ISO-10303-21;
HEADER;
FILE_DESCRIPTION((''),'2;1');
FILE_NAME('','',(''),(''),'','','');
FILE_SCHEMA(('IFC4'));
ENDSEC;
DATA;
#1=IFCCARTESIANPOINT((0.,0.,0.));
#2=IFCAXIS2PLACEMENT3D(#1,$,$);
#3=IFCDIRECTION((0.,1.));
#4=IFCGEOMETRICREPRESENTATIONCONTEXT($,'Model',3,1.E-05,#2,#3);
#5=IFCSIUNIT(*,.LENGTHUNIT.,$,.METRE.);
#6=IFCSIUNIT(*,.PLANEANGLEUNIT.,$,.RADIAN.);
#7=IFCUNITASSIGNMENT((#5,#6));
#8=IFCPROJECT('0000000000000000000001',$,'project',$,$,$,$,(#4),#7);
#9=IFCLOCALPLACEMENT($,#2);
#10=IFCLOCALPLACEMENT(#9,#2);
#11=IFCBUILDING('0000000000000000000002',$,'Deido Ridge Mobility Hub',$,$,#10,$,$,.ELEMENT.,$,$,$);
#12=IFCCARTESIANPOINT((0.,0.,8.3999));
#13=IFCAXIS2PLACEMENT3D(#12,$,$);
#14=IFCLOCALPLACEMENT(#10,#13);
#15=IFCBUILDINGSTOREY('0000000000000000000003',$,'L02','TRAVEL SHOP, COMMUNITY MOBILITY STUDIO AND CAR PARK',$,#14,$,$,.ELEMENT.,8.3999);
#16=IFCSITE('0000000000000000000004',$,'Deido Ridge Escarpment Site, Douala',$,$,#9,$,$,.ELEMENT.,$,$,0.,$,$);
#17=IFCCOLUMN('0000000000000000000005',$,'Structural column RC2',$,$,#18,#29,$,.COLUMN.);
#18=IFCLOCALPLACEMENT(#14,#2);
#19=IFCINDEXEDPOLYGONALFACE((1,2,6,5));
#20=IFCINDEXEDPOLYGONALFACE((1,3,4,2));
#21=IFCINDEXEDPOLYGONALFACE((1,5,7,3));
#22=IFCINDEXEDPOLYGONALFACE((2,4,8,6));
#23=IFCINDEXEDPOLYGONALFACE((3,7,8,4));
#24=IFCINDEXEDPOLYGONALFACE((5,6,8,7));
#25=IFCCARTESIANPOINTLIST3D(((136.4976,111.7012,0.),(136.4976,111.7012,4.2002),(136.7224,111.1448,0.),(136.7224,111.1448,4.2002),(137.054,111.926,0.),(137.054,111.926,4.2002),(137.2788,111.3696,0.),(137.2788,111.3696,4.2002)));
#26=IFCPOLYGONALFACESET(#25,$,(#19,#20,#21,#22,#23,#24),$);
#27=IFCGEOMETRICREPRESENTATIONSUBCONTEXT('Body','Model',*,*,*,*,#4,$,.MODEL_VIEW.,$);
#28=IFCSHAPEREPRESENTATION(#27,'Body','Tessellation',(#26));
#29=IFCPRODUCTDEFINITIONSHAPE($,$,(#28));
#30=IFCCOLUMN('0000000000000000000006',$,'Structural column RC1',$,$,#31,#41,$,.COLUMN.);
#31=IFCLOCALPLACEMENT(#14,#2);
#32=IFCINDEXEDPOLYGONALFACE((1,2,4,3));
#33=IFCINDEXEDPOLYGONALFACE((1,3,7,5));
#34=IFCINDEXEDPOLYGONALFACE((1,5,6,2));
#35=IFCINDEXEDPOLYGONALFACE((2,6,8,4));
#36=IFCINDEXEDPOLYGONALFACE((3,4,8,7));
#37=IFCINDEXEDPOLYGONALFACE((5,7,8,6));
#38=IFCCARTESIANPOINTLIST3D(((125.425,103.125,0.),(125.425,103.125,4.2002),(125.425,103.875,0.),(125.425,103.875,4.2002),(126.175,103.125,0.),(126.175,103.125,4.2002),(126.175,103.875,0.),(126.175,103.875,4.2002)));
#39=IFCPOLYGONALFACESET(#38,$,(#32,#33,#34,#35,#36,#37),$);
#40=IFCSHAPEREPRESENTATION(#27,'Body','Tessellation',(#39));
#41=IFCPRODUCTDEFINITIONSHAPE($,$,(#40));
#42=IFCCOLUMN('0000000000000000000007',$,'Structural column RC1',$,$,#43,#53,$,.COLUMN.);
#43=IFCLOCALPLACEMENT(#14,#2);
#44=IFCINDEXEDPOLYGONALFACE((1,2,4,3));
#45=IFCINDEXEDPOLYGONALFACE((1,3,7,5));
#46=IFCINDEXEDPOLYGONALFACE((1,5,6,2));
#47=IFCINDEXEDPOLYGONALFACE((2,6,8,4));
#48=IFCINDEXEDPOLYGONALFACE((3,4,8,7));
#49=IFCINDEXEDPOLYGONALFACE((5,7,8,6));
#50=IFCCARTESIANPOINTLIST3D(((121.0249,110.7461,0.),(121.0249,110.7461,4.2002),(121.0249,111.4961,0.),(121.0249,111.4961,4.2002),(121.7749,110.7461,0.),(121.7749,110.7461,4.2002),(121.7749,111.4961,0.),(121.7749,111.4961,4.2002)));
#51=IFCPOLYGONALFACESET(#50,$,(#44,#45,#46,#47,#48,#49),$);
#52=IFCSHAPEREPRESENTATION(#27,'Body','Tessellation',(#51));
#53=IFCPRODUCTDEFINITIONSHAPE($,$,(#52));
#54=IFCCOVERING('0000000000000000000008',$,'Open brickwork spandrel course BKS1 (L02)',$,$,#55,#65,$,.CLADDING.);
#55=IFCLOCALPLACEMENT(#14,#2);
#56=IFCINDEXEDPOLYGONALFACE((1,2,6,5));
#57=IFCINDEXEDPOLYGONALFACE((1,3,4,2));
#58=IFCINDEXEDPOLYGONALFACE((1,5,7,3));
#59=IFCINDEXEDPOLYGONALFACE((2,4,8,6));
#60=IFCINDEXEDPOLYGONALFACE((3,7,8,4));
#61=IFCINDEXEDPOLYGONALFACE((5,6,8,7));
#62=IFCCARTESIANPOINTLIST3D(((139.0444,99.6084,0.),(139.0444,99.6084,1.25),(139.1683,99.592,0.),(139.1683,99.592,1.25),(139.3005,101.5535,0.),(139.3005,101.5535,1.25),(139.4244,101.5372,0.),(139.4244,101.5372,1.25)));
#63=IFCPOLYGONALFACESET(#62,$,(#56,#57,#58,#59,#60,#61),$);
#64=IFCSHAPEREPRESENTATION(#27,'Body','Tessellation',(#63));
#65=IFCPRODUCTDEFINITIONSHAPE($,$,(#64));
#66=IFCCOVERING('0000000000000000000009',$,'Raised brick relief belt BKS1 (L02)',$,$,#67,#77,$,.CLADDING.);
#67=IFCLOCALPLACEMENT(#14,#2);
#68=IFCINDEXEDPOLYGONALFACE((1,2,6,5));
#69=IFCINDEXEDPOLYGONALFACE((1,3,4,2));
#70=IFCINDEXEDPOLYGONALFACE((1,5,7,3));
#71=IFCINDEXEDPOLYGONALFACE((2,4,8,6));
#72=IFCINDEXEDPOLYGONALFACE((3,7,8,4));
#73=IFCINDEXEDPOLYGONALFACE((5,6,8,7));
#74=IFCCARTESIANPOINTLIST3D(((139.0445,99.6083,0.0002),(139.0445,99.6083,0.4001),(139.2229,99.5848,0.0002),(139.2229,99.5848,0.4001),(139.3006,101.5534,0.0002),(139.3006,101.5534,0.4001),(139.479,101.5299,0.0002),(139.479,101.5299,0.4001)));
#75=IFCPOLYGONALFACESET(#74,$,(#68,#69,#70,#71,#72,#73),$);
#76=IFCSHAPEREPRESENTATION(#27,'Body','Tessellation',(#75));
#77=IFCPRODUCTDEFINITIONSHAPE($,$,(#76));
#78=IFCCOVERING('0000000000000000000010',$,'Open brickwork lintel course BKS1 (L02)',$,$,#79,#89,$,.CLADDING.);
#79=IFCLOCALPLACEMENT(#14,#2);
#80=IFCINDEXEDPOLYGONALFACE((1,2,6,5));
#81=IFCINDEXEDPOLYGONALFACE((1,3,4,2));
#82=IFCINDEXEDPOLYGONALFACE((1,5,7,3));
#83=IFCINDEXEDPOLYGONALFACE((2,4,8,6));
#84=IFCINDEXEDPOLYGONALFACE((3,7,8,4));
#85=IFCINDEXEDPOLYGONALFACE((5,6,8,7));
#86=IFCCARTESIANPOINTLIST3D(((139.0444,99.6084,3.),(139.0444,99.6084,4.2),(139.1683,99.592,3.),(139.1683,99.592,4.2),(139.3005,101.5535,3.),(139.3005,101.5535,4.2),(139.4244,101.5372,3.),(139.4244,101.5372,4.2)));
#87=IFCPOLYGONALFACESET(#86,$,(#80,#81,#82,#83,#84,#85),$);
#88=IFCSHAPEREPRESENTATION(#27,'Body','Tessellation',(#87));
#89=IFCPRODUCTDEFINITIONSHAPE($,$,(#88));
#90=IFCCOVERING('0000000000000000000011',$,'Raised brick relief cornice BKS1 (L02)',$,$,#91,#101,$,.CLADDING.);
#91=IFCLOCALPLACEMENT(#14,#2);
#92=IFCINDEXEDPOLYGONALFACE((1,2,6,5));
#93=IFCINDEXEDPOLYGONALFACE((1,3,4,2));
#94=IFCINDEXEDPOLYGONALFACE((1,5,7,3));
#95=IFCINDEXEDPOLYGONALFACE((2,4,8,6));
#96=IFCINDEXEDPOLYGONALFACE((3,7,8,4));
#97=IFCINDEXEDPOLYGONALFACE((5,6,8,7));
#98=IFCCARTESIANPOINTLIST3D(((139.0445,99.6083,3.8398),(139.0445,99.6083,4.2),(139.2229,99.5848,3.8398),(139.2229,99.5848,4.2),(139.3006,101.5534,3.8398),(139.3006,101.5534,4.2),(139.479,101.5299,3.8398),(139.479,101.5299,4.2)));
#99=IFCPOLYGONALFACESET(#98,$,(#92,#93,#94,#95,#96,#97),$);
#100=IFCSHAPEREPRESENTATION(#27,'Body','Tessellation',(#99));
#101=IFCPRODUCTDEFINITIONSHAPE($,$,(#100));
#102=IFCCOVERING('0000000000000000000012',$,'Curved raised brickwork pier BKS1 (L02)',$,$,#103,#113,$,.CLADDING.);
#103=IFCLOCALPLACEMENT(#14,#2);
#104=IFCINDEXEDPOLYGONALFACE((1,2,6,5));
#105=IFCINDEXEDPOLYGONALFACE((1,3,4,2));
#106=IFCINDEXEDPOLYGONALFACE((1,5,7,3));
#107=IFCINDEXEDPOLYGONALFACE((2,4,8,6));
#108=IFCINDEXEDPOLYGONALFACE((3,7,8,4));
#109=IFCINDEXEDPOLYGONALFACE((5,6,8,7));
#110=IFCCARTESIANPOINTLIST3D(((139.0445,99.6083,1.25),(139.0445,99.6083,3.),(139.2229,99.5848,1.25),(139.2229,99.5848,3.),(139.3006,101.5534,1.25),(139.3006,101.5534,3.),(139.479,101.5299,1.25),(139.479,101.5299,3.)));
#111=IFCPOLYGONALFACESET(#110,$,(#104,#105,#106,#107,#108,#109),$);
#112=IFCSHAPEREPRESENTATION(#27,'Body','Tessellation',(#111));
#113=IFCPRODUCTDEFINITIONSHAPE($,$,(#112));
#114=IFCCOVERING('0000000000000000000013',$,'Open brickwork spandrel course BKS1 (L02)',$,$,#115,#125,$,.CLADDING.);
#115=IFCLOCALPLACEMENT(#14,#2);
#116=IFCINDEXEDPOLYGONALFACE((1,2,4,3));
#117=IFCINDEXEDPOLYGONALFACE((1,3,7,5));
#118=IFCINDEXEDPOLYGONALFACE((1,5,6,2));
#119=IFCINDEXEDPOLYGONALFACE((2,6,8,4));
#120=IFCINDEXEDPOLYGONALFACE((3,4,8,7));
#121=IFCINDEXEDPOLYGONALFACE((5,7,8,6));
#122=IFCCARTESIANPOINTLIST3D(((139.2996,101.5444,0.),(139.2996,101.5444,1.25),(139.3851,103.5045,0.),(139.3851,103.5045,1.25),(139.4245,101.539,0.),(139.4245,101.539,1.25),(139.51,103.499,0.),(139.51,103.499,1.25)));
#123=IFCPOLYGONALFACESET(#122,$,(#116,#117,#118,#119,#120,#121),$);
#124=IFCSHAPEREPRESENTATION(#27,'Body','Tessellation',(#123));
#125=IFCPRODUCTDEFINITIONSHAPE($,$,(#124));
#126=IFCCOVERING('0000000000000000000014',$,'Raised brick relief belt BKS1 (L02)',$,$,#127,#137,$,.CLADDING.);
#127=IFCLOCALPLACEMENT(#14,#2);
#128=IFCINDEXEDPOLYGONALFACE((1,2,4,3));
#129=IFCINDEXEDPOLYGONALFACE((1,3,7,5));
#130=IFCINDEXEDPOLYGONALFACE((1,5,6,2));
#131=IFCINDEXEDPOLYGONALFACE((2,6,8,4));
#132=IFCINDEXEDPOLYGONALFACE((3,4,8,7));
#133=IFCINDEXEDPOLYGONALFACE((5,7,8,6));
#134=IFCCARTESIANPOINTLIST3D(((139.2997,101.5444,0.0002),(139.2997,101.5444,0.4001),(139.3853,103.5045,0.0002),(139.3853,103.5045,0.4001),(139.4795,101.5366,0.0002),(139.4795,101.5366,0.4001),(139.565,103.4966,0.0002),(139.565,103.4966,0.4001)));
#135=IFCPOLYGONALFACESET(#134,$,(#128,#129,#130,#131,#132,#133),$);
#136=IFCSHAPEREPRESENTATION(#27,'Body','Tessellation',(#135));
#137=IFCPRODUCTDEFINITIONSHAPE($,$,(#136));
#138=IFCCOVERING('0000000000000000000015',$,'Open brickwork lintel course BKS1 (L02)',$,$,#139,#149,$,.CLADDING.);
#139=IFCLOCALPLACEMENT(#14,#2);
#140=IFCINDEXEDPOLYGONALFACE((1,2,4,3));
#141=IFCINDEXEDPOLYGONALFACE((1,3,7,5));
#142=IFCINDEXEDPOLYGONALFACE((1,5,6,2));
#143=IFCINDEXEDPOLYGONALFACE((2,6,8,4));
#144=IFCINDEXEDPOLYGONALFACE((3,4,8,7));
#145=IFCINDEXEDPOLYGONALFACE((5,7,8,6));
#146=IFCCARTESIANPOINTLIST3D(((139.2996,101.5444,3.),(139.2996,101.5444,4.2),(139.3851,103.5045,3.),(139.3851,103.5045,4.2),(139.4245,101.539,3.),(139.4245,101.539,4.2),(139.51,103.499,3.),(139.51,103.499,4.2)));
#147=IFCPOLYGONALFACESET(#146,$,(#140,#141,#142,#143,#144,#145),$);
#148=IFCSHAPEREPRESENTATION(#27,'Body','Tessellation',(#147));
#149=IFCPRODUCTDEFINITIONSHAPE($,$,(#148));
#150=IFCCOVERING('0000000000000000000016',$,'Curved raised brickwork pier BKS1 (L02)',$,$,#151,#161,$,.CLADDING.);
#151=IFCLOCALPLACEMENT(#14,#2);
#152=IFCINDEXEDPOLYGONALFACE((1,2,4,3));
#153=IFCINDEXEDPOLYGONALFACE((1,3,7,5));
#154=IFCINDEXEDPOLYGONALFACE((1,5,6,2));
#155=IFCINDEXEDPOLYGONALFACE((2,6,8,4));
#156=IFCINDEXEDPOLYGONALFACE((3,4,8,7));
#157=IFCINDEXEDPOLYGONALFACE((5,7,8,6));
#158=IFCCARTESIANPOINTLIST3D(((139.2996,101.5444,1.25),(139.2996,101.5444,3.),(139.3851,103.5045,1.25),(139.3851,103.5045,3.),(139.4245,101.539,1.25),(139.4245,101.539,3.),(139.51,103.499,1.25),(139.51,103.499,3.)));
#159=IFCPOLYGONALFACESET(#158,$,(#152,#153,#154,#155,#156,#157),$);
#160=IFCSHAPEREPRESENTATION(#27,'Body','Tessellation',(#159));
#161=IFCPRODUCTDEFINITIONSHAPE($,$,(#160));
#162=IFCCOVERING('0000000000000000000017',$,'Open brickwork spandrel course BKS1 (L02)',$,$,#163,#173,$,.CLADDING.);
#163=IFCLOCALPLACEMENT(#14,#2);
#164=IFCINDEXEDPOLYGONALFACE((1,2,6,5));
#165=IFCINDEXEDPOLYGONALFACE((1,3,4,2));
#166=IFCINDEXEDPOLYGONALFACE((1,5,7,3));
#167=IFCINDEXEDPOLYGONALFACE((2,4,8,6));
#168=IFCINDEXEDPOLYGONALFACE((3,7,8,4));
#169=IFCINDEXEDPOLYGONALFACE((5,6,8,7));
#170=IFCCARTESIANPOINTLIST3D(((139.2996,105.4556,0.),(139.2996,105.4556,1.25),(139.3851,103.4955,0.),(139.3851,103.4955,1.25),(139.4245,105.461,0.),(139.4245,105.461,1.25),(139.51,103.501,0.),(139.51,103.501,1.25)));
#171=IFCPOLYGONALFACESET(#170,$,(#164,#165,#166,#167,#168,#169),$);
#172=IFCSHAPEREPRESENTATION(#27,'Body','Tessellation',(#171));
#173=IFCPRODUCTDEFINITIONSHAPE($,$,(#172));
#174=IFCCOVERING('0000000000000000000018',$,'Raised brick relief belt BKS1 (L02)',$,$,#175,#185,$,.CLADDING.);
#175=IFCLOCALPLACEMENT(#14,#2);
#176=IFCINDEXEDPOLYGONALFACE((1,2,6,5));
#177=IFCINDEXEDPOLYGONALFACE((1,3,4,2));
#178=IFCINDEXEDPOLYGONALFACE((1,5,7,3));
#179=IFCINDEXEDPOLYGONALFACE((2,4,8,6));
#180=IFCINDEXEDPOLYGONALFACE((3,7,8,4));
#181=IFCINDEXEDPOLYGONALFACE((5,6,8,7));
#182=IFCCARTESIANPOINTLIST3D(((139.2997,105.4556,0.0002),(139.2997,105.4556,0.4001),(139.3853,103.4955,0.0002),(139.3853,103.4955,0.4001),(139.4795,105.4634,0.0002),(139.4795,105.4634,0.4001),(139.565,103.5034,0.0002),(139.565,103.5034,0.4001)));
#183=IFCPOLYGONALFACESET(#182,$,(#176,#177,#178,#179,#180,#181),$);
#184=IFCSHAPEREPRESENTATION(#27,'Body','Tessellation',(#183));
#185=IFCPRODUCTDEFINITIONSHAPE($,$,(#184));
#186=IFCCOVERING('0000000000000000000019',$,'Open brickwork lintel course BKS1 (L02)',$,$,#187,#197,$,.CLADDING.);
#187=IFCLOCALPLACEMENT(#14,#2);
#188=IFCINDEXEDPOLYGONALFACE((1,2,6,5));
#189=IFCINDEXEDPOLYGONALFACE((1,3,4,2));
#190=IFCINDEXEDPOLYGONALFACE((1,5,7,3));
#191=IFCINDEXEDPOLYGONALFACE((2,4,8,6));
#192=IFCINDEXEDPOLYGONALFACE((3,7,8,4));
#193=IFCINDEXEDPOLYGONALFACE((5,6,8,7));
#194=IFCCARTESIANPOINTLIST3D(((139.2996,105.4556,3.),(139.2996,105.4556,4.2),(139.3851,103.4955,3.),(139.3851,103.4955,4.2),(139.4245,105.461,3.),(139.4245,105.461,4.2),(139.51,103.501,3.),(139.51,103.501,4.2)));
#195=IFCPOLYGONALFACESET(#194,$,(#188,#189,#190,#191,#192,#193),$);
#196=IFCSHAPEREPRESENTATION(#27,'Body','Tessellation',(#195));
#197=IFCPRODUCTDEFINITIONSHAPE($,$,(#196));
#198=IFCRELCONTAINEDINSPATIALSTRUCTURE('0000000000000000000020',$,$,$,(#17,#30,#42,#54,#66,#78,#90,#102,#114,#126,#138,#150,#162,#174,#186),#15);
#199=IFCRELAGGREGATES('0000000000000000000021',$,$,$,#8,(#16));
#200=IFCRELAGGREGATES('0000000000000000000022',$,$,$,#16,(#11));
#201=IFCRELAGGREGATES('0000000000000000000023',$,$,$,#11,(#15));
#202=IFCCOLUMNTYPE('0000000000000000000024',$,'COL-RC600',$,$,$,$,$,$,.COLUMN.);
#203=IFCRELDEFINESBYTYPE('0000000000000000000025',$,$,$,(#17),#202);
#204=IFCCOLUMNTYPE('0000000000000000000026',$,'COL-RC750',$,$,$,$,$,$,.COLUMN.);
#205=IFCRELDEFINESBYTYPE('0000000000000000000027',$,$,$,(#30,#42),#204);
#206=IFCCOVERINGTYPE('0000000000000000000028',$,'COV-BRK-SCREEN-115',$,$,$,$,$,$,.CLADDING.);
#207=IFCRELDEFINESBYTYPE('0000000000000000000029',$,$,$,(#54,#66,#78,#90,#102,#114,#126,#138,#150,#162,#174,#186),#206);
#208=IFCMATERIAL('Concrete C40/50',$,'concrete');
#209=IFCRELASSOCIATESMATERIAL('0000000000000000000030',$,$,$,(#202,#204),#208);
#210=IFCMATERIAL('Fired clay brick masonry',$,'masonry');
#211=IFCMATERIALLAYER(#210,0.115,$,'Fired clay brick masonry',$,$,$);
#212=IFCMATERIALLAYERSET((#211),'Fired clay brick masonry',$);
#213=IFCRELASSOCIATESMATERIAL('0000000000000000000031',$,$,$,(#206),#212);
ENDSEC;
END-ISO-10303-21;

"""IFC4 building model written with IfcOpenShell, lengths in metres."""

from ifc_helpers import new_model, si_unit, direction, frame, origin, origin_2d, place, context, subcontext, project, spatial, rectangle, extrude, material, layer, layer_set, material_profile, profile_set, type_object, element, save


model = new_model("IFC4")

# Units and contexts
model_context = context("Model", 3, precision=1e-05, world=origin(), true_north=direction((0.0, 1.0)))
body_context = subcontext(model_context, "Body", "Model", "MODEL_VIEW")
ifc_project = project(units=[si_unit("LENGTHUNIT", "METRE"), si_unit("PLANEANGLEUNIT", "RADIAN")], contexts=[model_context])

# Site, building, storey
site_placement = place(None, origin())
site = spatial("IfcSite", under=ifc_project, at=site_placement, Name="Deido Ridge Escarpment Site, Douala", CompositionType="ELEMENT", RefElevation=0.0)
building_placement = place(site_placement, origin())
building = spatial("IfcBuilding", under=site, at=building_placement, Name="Deido Ridge Mobility Hub", CompositionType="ELEMENT")
storey_placement = place(building_placement, frame((0.0, 0.0, 8.3999)))
storey = spatial("IfcBuildingStorey", under=building, at=storey_placement, Name="L02", Description="TRAVEL SHOP, COMMUNITY MOBILITY STUDIO AND CAR PARK", CompositionType="ELEMENT", Elevation=8.3999)

# Columns
ifc_material_1 = material(Name="Concrete C40/50", Category="concrete")
ifc_material_profile_1 = material_profile(ifc_material_1, rectangle(XDim=0.6001, YDim=0.6001, at=origin_2d()), Name="RC COL 600x600")
ifc_profile_set_1 = profile_set([ifc_material_profile_1], Name="Concrete C40/50")
column_type_1 = type_object("IfcColumnType", Name="COL-RC600", PredefinedType="COLUMN", material=ifc_profile_set_1)
column_placement = place(storey_placement, frame((136.8882, 111.5354, 0.0), z_axis=(0.0, 0.0, 1.0), x_axis=(0.927184, 0.374607, 0.0)))
element("IfcColumn", 1, at=column_placement, inside=storey, type_object=column_type_1, Name="Structural column RC2", PredefinedType="COLUMN", context=body_context, shape_type="SweptSolid", body=[
    extrude(rectangle(XDim=0.6001, YDim=0.6001, at=origin_2d()), origin(), (0.0, 0.0, 1.0), 4.2002),
])
ifc_material_profile_2 = material_profile(ifc_material_1, rectangle(XDim=0.75, YDim=0.75, at=origin_2d()), Name="RC COL 750x750")
ifc_profile_set_2 = profile_set([ifc_material_profile_2], Name="Concrete C40/50")
column_type_2 = type_object("IfcColumnType", Name="COL-RC750", PredefinedType="COLUMN", material=ifc_profile_set_2)
for number, where, z_axis, x_axis, name in (
    (2, (125.8, 103.5, 0.0), (0.0, 0.0, 1.0), (1.0, 0.0, 0.0), "Structural column RC1"),
    (3, (121.3999, 111.1211, 0.0), (0.0, 0.0, 1.0), (1.0, 0.0, 0.0), "Structural column RC1"),
):
    element("IfcColumn", number, at=place(storey_placement, frame(where, z_axis=z_axis, x_axis=x_axis)), inside=storey, type_object=column_type_2, Name=name, PredefinedType="COLUMN", context=body_context, shape_type="SweptSolid", body=[
        extrude(rectangle(XDim=0.75, YDim=0.75, at=origin_2d()), origin(), (0.0, 0.0, 1.0), 4.2002),
    ])

# Coverings
ifc_material_2 = material(Name="Fired clay brick masonry", Category="masonry")
ifc_layer = layer(ifc_material_2, 0.115, Name="Fired clay brick masonry")
ifc_layer_set = layer_set([ifc_layer], Name="Fired clay brick masonry")
covering_type = type_object("IfcCoveringType", Name="COV-BRK-SCREEN-115", PredefinedType="CLADDING", material=ifc_layer_set)
covering_1_placement = place(storey_placement, frame((139.2344, 100.5728, 0.0), z_axis=(0.0, 0.0, 1.0), x_axis=(0.130543, 0.991443, 0.0)))
element("IfcCovering", 4, at=covering_1_placement, inside=storey, type_object=covering_type, Name="Open brickwork spandrel course BKS1 (L02)", PredefinedType="CLADDING", context=body_context, shape_type="SweptSolid", body=[
    extrude(rectangle(XDim=1.9619, YDim=0.125, at=origin_2d()), origin(), (0.0, 0.0, 1.0), 1.25),
])
covering_2_placement = place(storey_placement, frame((139.2617, 100.5691, 0.0002), z_axis=(0.0, 0.0, 1.0), x_axis=(0.130543, 0.991443, 0.0)))
element("IfcCovering", 5, at=covering_2_placement, inside=storey, type_object=covering_type, Name="Raised brick relief belt BKS1 (L02)", PredefinedType="CLADDING", context=body_context, shape_type="SweptSolid", body=[
    extrude(rectangle(XDim=1.9619, YDim=0.1799, at=origin_2d()), origin(), (0.0, 0.0, 1.0), 0.3999),
])
covering_3_placement = place(storey_placement, frame((139.2344, 100.5728, 3.0), z_axis=(0.0, 0.0, 1.0), x_axis=(0.130543, 0.991443, 0.0)))
element("IfcCovering", 6, at=covering_3_placement, inside=storey, type_object=covering_type, Name="Open brickwork lintel course BKS1 (L02)", PredefinedType="CLADDING", context=body_context, shape_type="SweptSolid", body=[
    extrude(rectangle(XDim=1.9619, YDim=0.125, at=origin_2d()), origin(), (0.0, 0.0, 1.0), 1.2),
])
covering_4_placement = place(storey_placement, frame((139.2617, 100.5691, 3.8398), z_axis=(0.0, 0.0, 1.0), x_axis=(0.130543, 0.991443, 0.0)))
element("IfcCovering", 7, at=covering_4_placement, inside=storey, type_object=covering_type, Name="Raised brick relief cornice BKS1 (L02)", PredefinedType="CLADDING", context=body_context, shape_type="SweptSolid", body=[
    extrude(rectangle(XDim=1.9619, YDim=0.1799, at=origin_2d()), origin(), (0.0, 0.0, 1.0), 0.3601),
])
covering_5_placement = place(storey_placement, frame((139.2617, 100.5691, 1.25), z_axis=(0.0, 0.0, 1.0), x_axis=(0.130543, 0.991443, 0.0)))
element("IfcCovering", 8, at=covering_5_placement, inside=storey, type_object=covering_type, Name="Curved raised brickwork pier BKS1 (L02)", PredefinedType="CLADDING", context=body_context, shape_type="SweptSolid", body=[
    extrude(rectangle(XDim=1.9619, YDim=0.1799, at=origin_2d()), origin(), (0.0, 0.0, 1.0), 1.75),
])
covering_6_placement = place(storey_placement, frame((139.4048, 102.5217, 0.0), z_axis=(0.0, 0.0, 1.0), x_axis=(0.043602, 0.999049, 0.0)))
element("IfcCovering", 9, at=covering_6_placement, inside=storey, type_object=covering_type, Name="Open brickwork spandrel course BKS1 (L02)", PredefinedType="CLADDING", context=body_context, shape_type="SweptSolid", body=[
    extrude(rectangle(XDim=1.9619, YDim=0.125, at=origin_2d()), origin(), (0.0, 0.0, 1.0), 1.25),
])
covering_7_placement = place(storey_placement, frame((139.4324, 102.5205, 0.0002), z_axis=(0.0, 0.0, 1.0), x_axis=(0.043602, 0.999049, 0.0)))
element("IfcCovering", 10, at=covering_7_placement, inside=storey, type_object=covering_type, Name="Raised brick relief belt BKS1 (L02)", PredefinedType="CLADDING", context=body_context, shape_type="SweptSolid", body=[
    extrude(rectangle(XDim=1.9619, YDim=0.1799, at=origin_2d()), origin(), (0.0, 0.0, 1.0), 0.3999),
])
covering_8_placement = place(storey_placement, frame((139.4048, 102.5217, 3.0), z_axis=(0.0, 0.0, 1.0), x_axis=(0.043602, 0.999049, 0.0)))
element("IfcCovering", 11, at=covering_8_placement, inside=storey, type_object=covering_type, Name="Open brickwork lintel course BKS1 (L02)", PredefinedType="CLADDING", context=body_context, shape_type="SweptSolid", body=[
    extrude(rectangle(XDim=1.9619, YDim=0.125, at=origin_2d()), origin(), (0.0, 0.0, 1.0), 1.2),
])
covering_9_placement = place(storey_placement, frame((139.4048, 102.5217, 1.25), z_axis=(0.0, 0.0, 1.0), x_axis=(0.043602, 0.999049, 0.0)))
element("IfcCovering", 12, at=covering_9_placement, inside=storey, type_object=covering_type, Name="Curved raised brickwork pier BKS1 (L02)", PredefinedType="CLADDING", context=body_context, shape_type="SweptSolid", body=[
    extrude(rectangle(XDim=1.9619, YDim=0.125, at=origin_2d()), origin(), (0.0, 0.0, 1.0), 1.75),
])
covering_10_placement = place(storey_placement, frame((139.4048, 104.4783, 0.0), z_axis=(0.0, 0.0, 1.0), x_axis=(-0.043602, 0.999049, 0.0)))
element("IfcCovering", 13, at=covering_10_placement, inside=storey, type_object=covering_type, Name="Open brickwork spandrel course BKS1 (L02)", PredefinedType="CLADDING", context=body_context, shape_type="SweptSolid", body=[
    extrude(rectangle(XDim=1.9619, YDim=0.125, at=origin_2d()), origin(), (0.0, 0.0, 1.0), 1.25),
])
covering_11_placement = place(storey_placement, frame((139.4324, 104.4795, 0.0002), z_axis=(0.0, 0.0, 1.0), x_axis=(-0.043602, 0.999049, 0.0)))
element("IfcCovering", 14, at=covering_11_placement, inside=storey, type_object=covering_type, Name="Raised brick relief belt BKS1 (L02)", PredefinedType="CLADDING", context=body_context, shape_type="SweptSolid", body=[
    extrude(rectangle(XDim=1.9619, YDim=0.1799, at=origin_2d()), origin(), (0.0, 0.0, 1.0), 0.3999),
])
covering_12_placement = place(storey_placement, frame((139.4048, 104.4783, 3.0), z_axis=(0.0, 0.0, 1.0), x_axis=(-0.043602, 0.999049, 0.0)))
element("IfcCovering", 15, at=covering_12_placement, inside=storey, type_object=covering_type, Name="Open brickwork lintel course BKS1 (L02)", PredefinedType="CLADDING", context=body_context, shape_type="SweptSolid", body=[
    extrude(rectangle(XDim=1.9619, YDim=0.125, at=origin_2d()), origin(), (0.0, 0.0, 1.0), 1.2),
])

save(model, "model.ifc")
